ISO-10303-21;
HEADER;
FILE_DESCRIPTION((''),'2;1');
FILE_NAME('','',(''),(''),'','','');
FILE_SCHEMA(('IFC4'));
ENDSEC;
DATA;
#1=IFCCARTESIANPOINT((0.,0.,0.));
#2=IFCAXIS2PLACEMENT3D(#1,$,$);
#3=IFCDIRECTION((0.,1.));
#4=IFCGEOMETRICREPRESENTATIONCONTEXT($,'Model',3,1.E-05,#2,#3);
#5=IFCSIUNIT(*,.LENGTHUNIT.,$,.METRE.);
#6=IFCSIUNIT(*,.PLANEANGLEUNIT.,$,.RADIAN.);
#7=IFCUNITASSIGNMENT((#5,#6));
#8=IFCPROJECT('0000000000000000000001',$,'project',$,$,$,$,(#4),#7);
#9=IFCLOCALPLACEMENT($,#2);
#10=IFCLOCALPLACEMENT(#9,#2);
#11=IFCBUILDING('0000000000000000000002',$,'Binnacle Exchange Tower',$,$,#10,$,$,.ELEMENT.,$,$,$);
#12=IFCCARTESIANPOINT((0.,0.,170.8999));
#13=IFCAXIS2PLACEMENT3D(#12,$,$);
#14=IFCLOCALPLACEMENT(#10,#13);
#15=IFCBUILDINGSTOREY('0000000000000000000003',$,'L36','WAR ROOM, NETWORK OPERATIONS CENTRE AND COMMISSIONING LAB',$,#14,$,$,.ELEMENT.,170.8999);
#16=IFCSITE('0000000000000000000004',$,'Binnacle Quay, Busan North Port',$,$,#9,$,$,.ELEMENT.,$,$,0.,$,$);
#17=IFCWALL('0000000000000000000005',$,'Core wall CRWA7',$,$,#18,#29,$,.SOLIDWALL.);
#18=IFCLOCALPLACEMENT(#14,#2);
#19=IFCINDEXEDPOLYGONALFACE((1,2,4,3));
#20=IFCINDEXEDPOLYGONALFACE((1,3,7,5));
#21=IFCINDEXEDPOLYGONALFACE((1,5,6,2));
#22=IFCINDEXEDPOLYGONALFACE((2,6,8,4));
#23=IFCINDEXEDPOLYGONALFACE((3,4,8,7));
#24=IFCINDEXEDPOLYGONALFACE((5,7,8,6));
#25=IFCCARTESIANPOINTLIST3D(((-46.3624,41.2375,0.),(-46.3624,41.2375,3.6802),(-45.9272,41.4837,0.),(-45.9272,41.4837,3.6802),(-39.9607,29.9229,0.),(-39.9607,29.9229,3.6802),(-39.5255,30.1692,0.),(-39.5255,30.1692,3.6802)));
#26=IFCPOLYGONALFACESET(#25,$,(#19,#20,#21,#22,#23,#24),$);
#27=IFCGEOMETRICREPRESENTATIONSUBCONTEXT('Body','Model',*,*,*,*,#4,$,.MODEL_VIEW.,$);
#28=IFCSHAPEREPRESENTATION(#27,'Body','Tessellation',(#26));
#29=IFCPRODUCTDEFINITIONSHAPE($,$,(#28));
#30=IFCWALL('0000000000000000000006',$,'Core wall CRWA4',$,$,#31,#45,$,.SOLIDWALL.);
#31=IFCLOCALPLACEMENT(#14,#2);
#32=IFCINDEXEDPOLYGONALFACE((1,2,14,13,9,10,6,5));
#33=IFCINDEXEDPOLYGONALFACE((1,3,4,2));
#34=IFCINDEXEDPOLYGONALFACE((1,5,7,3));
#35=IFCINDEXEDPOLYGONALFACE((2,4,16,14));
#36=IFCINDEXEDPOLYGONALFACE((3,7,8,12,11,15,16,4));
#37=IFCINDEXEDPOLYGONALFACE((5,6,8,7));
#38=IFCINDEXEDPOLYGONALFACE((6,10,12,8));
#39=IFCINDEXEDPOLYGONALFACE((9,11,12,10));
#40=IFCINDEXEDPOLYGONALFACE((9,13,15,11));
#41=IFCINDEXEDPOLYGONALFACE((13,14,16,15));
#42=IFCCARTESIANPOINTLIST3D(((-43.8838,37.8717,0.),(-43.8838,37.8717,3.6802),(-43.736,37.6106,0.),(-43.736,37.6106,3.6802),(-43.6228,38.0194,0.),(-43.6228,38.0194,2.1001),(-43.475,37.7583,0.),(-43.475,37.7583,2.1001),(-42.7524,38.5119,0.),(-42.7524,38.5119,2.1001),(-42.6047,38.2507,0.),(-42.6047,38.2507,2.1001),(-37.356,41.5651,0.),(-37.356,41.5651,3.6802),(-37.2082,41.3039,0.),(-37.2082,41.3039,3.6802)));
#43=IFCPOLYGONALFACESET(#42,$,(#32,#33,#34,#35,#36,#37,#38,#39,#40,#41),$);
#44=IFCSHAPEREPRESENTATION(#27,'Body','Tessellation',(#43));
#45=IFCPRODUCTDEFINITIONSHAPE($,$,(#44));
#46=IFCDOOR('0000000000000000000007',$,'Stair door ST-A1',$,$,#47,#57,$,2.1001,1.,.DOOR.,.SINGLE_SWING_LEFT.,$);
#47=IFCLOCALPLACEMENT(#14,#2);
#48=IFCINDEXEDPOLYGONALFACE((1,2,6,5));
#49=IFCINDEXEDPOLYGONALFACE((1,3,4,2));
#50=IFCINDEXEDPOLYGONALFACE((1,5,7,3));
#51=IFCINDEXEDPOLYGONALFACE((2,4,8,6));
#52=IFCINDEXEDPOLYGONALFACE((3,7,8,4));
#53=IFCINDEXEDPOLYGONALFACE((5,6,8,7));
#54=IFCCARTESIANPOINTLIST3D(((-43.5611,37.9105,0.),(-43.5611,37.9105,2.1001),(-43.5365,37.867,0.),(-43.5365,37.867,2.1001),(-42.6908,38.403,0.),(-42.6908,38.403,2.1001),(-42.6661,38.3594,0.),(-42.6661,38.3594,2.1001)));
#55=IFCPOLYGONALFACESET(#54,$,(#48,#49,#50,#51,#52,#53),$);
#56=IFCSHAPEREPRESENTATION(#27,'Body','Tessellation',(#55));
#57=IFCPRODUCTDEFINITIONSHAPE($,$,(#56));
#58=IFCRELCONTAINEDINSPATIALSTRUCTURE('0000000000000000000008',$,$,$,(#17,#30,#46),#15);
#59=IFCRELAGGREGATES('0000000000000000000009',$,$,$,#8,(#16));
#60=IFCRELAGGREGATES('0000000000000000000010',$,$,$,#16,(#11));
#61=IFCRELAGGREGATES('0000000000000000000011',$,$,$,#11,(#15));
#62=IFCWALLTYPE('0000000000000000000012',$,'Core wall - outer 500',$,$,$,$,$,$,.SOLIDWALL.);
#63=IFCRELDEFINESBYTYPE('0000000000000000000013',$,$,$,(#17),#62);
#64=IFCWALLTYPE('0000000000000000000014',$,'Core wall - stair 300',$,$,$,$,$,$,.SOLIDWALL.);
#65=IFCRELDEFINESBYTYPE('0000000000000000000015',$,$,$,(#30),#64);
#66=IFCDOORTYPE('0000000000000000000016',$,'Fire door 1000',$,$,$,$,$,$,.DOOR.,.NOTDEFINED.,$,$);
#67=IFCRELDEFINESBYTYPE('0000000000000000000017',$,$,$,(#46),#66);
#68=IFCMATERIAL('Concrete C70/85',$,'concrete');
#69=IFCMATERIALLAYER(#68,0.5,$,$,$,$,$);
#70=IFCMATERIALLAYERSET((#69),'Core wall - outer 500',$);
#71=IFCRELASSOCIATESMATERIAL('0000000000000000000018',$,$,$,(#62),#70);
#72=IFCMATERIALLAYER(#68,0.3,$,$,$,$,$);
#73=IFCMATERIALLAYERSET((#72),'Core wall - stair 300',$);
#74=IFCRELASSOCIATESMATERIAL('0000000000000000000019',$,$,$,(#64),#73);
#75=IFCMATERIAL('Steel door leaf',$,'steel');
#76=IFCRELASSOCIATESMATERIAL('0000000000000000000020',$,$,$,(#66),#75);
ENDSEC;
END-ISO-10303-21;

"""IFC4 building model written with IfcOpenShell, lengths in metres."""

from ifc_helpers import new_model, si_unit, direction, frame, frame_2d, origin, place, context, subcontext, project, spatial, rectangle, extrude, material, layer, layer_set, type_object, element, fill, save


model = new_model("IFC4")

# Units and contexts
model_context = context("Model", 3, precision=1e-05, world=origin(), true_north=direction((0.0, 1.0)))
body_context = subcontext(model_context, "Body", "Model", "MODEL_VIEW")
ifc_project = project(units=[si_unit("LENGTHUNIT", "METRE"), si_unit("PLANEANGLEUNIT", "RADIAN")], contexts=[model_context])

# Site, building, storey
site_placement = place(None, origin())
site = spatial("IfcSite", under=ifc_project, at=site_placement, Name="Binnacle Quay, Busan North Port", CompositionType="ELEMENT", RefElevation=0.0)
building_placement = place(site_placement, origin())
building = spatial("IfcBuilding", under=site, at=building_placement, Name="Binnacle Exchange Tower", CompositionType="ELEMENT")
storey_placement = place(building_placement, frame((0.0, 0.0, 170.8999)))
storey = spatial("IfcBuildingStorey", under=building, at=storey_placement, Name="L36", Description="WAR ROOM, NETWORK OPERATIONS CENTRE AND COMMISSIONING LAB", CompositionType="ELEMENT", Elevation=170.8999)

# Shared definitions
ifc_material_1 = material(Name="Concrete C70/85", Category="concrete")

# Wall
ifc_layer_1 = layer(ifc_material_1, 0.5)
ifc_layer_set_1 = layer_set([ifc_layer_1], Name="Core wall - outer 500")
wall_type_1 = type_object("IfcWallType", Name="Core wall - outer 500", PredefinedType="SOLIDWALL", material=ifc_layer_set_1)
wall_1_placement = place(storey_placement, frame((-46.1448, 41.3606, 0.0), z_axis=(0.0, 0.0, 1.0), x_axis=(0.492435, -0.870349, 0.0)))
element("IfcWall", 1, at=wall_1_placement, inside=storey, type_object=wall_type_1, Name="Core wall CRWA7", PredefinedType="SOLIDWALL", context=body_context, shape_type="SweptSolid", body=[
    extrude(rectangle(XDim=13.0, YDim=0.5, at=frame_2d((6.5, 0.0))), origin(), (0.0, 0.0, 1.0), 3.6802),
])

# Wall, opening, door
ifc_layer_2 = layer(ifc_material_1, 0.3)
ifc_layer_set_2 = layer_set([ifc_layer_2], Name="Core wall - stair 300")
wall_type_2 = type_object("IfcWallType", Name="Core wall - stair 300", PredefinedType="SOLIDWALL", material=ifc_layer_set_2)
wall_2_placement = place(storey_placement, frame((-43.8098, 37.7412, 0.0), z_axis=(0.0, 0.0, 1.0), x_axis=(0.870351, 0.492433, 0.0)))
wall_2 = element("IfcWall", 2, at=wall_2_placement, inside=storey, type_object=wall_type_2, Name="Core wall CRWA4", PredefinedType="SOLIDWALL", context=body_context, shape_type="SweptSolid", body=[
    extrude(rectangle(XDim=7.5002, YDim=0.3, at=frame_2d((3.75, 0.0))), origin(), (0.0, 0.0, 1.0), 3.6802),
])
opening_1_placement = place(wall_2_placement, frame((0.2998, 0.0, 0.0)))
opening_1 = element("IfcOpeningElement", 3, at=opening_1_placement, cuts=wall_2, PredefinedType="OPENING", context=body_context, shape_type="SweptSolid", body=[
    extrude(rectangle(XDim=1.0, YDim=2.1001, at=frame_2d((0.5, 1.05))), frame((0.0, 0.1599, 0.0), z_axis=(0.0, -1.0, 0.0), x_axis=(1.0, 0.0, 0.0)), (0.0, 0.0, 1.0), 0.3201),
])
ifc_material_2 = material(Name="Steel door leaf", Category="steel")
door_type = type_object("IfcDoorType", Name="Fire door 1000", OperationType="NOTDEFINED", PredefinedType="DOOR", material=ifc_material_2)
door_placement = place(opening_1_placement, origin())
door = element("IfcDoor", 4, at=door_placement, inside=storey, type_object=door_type, Name="Stair door ST-A1", OperationType="SINGLE_SWING_LEFT", OverallHeight=2.1001, OverallWidth=1.0, PredefinedType="DOOR", context=body_context, shape_type="SweptSolid", body=[
    extrude(rectangle(XDim=1.0, YDim=2.1001, at=frame_2d((0.5, 1.05))), frame((0.0, 0.0249, 0.0), z_axis=(0.0, -1.0, 0.0), x_axis=(1.0, 0.0, 0.0)), (0.0, 0.0, 1.0), 0.05),
])
fill(opening_1, door)

save(model, "model.ifc")
